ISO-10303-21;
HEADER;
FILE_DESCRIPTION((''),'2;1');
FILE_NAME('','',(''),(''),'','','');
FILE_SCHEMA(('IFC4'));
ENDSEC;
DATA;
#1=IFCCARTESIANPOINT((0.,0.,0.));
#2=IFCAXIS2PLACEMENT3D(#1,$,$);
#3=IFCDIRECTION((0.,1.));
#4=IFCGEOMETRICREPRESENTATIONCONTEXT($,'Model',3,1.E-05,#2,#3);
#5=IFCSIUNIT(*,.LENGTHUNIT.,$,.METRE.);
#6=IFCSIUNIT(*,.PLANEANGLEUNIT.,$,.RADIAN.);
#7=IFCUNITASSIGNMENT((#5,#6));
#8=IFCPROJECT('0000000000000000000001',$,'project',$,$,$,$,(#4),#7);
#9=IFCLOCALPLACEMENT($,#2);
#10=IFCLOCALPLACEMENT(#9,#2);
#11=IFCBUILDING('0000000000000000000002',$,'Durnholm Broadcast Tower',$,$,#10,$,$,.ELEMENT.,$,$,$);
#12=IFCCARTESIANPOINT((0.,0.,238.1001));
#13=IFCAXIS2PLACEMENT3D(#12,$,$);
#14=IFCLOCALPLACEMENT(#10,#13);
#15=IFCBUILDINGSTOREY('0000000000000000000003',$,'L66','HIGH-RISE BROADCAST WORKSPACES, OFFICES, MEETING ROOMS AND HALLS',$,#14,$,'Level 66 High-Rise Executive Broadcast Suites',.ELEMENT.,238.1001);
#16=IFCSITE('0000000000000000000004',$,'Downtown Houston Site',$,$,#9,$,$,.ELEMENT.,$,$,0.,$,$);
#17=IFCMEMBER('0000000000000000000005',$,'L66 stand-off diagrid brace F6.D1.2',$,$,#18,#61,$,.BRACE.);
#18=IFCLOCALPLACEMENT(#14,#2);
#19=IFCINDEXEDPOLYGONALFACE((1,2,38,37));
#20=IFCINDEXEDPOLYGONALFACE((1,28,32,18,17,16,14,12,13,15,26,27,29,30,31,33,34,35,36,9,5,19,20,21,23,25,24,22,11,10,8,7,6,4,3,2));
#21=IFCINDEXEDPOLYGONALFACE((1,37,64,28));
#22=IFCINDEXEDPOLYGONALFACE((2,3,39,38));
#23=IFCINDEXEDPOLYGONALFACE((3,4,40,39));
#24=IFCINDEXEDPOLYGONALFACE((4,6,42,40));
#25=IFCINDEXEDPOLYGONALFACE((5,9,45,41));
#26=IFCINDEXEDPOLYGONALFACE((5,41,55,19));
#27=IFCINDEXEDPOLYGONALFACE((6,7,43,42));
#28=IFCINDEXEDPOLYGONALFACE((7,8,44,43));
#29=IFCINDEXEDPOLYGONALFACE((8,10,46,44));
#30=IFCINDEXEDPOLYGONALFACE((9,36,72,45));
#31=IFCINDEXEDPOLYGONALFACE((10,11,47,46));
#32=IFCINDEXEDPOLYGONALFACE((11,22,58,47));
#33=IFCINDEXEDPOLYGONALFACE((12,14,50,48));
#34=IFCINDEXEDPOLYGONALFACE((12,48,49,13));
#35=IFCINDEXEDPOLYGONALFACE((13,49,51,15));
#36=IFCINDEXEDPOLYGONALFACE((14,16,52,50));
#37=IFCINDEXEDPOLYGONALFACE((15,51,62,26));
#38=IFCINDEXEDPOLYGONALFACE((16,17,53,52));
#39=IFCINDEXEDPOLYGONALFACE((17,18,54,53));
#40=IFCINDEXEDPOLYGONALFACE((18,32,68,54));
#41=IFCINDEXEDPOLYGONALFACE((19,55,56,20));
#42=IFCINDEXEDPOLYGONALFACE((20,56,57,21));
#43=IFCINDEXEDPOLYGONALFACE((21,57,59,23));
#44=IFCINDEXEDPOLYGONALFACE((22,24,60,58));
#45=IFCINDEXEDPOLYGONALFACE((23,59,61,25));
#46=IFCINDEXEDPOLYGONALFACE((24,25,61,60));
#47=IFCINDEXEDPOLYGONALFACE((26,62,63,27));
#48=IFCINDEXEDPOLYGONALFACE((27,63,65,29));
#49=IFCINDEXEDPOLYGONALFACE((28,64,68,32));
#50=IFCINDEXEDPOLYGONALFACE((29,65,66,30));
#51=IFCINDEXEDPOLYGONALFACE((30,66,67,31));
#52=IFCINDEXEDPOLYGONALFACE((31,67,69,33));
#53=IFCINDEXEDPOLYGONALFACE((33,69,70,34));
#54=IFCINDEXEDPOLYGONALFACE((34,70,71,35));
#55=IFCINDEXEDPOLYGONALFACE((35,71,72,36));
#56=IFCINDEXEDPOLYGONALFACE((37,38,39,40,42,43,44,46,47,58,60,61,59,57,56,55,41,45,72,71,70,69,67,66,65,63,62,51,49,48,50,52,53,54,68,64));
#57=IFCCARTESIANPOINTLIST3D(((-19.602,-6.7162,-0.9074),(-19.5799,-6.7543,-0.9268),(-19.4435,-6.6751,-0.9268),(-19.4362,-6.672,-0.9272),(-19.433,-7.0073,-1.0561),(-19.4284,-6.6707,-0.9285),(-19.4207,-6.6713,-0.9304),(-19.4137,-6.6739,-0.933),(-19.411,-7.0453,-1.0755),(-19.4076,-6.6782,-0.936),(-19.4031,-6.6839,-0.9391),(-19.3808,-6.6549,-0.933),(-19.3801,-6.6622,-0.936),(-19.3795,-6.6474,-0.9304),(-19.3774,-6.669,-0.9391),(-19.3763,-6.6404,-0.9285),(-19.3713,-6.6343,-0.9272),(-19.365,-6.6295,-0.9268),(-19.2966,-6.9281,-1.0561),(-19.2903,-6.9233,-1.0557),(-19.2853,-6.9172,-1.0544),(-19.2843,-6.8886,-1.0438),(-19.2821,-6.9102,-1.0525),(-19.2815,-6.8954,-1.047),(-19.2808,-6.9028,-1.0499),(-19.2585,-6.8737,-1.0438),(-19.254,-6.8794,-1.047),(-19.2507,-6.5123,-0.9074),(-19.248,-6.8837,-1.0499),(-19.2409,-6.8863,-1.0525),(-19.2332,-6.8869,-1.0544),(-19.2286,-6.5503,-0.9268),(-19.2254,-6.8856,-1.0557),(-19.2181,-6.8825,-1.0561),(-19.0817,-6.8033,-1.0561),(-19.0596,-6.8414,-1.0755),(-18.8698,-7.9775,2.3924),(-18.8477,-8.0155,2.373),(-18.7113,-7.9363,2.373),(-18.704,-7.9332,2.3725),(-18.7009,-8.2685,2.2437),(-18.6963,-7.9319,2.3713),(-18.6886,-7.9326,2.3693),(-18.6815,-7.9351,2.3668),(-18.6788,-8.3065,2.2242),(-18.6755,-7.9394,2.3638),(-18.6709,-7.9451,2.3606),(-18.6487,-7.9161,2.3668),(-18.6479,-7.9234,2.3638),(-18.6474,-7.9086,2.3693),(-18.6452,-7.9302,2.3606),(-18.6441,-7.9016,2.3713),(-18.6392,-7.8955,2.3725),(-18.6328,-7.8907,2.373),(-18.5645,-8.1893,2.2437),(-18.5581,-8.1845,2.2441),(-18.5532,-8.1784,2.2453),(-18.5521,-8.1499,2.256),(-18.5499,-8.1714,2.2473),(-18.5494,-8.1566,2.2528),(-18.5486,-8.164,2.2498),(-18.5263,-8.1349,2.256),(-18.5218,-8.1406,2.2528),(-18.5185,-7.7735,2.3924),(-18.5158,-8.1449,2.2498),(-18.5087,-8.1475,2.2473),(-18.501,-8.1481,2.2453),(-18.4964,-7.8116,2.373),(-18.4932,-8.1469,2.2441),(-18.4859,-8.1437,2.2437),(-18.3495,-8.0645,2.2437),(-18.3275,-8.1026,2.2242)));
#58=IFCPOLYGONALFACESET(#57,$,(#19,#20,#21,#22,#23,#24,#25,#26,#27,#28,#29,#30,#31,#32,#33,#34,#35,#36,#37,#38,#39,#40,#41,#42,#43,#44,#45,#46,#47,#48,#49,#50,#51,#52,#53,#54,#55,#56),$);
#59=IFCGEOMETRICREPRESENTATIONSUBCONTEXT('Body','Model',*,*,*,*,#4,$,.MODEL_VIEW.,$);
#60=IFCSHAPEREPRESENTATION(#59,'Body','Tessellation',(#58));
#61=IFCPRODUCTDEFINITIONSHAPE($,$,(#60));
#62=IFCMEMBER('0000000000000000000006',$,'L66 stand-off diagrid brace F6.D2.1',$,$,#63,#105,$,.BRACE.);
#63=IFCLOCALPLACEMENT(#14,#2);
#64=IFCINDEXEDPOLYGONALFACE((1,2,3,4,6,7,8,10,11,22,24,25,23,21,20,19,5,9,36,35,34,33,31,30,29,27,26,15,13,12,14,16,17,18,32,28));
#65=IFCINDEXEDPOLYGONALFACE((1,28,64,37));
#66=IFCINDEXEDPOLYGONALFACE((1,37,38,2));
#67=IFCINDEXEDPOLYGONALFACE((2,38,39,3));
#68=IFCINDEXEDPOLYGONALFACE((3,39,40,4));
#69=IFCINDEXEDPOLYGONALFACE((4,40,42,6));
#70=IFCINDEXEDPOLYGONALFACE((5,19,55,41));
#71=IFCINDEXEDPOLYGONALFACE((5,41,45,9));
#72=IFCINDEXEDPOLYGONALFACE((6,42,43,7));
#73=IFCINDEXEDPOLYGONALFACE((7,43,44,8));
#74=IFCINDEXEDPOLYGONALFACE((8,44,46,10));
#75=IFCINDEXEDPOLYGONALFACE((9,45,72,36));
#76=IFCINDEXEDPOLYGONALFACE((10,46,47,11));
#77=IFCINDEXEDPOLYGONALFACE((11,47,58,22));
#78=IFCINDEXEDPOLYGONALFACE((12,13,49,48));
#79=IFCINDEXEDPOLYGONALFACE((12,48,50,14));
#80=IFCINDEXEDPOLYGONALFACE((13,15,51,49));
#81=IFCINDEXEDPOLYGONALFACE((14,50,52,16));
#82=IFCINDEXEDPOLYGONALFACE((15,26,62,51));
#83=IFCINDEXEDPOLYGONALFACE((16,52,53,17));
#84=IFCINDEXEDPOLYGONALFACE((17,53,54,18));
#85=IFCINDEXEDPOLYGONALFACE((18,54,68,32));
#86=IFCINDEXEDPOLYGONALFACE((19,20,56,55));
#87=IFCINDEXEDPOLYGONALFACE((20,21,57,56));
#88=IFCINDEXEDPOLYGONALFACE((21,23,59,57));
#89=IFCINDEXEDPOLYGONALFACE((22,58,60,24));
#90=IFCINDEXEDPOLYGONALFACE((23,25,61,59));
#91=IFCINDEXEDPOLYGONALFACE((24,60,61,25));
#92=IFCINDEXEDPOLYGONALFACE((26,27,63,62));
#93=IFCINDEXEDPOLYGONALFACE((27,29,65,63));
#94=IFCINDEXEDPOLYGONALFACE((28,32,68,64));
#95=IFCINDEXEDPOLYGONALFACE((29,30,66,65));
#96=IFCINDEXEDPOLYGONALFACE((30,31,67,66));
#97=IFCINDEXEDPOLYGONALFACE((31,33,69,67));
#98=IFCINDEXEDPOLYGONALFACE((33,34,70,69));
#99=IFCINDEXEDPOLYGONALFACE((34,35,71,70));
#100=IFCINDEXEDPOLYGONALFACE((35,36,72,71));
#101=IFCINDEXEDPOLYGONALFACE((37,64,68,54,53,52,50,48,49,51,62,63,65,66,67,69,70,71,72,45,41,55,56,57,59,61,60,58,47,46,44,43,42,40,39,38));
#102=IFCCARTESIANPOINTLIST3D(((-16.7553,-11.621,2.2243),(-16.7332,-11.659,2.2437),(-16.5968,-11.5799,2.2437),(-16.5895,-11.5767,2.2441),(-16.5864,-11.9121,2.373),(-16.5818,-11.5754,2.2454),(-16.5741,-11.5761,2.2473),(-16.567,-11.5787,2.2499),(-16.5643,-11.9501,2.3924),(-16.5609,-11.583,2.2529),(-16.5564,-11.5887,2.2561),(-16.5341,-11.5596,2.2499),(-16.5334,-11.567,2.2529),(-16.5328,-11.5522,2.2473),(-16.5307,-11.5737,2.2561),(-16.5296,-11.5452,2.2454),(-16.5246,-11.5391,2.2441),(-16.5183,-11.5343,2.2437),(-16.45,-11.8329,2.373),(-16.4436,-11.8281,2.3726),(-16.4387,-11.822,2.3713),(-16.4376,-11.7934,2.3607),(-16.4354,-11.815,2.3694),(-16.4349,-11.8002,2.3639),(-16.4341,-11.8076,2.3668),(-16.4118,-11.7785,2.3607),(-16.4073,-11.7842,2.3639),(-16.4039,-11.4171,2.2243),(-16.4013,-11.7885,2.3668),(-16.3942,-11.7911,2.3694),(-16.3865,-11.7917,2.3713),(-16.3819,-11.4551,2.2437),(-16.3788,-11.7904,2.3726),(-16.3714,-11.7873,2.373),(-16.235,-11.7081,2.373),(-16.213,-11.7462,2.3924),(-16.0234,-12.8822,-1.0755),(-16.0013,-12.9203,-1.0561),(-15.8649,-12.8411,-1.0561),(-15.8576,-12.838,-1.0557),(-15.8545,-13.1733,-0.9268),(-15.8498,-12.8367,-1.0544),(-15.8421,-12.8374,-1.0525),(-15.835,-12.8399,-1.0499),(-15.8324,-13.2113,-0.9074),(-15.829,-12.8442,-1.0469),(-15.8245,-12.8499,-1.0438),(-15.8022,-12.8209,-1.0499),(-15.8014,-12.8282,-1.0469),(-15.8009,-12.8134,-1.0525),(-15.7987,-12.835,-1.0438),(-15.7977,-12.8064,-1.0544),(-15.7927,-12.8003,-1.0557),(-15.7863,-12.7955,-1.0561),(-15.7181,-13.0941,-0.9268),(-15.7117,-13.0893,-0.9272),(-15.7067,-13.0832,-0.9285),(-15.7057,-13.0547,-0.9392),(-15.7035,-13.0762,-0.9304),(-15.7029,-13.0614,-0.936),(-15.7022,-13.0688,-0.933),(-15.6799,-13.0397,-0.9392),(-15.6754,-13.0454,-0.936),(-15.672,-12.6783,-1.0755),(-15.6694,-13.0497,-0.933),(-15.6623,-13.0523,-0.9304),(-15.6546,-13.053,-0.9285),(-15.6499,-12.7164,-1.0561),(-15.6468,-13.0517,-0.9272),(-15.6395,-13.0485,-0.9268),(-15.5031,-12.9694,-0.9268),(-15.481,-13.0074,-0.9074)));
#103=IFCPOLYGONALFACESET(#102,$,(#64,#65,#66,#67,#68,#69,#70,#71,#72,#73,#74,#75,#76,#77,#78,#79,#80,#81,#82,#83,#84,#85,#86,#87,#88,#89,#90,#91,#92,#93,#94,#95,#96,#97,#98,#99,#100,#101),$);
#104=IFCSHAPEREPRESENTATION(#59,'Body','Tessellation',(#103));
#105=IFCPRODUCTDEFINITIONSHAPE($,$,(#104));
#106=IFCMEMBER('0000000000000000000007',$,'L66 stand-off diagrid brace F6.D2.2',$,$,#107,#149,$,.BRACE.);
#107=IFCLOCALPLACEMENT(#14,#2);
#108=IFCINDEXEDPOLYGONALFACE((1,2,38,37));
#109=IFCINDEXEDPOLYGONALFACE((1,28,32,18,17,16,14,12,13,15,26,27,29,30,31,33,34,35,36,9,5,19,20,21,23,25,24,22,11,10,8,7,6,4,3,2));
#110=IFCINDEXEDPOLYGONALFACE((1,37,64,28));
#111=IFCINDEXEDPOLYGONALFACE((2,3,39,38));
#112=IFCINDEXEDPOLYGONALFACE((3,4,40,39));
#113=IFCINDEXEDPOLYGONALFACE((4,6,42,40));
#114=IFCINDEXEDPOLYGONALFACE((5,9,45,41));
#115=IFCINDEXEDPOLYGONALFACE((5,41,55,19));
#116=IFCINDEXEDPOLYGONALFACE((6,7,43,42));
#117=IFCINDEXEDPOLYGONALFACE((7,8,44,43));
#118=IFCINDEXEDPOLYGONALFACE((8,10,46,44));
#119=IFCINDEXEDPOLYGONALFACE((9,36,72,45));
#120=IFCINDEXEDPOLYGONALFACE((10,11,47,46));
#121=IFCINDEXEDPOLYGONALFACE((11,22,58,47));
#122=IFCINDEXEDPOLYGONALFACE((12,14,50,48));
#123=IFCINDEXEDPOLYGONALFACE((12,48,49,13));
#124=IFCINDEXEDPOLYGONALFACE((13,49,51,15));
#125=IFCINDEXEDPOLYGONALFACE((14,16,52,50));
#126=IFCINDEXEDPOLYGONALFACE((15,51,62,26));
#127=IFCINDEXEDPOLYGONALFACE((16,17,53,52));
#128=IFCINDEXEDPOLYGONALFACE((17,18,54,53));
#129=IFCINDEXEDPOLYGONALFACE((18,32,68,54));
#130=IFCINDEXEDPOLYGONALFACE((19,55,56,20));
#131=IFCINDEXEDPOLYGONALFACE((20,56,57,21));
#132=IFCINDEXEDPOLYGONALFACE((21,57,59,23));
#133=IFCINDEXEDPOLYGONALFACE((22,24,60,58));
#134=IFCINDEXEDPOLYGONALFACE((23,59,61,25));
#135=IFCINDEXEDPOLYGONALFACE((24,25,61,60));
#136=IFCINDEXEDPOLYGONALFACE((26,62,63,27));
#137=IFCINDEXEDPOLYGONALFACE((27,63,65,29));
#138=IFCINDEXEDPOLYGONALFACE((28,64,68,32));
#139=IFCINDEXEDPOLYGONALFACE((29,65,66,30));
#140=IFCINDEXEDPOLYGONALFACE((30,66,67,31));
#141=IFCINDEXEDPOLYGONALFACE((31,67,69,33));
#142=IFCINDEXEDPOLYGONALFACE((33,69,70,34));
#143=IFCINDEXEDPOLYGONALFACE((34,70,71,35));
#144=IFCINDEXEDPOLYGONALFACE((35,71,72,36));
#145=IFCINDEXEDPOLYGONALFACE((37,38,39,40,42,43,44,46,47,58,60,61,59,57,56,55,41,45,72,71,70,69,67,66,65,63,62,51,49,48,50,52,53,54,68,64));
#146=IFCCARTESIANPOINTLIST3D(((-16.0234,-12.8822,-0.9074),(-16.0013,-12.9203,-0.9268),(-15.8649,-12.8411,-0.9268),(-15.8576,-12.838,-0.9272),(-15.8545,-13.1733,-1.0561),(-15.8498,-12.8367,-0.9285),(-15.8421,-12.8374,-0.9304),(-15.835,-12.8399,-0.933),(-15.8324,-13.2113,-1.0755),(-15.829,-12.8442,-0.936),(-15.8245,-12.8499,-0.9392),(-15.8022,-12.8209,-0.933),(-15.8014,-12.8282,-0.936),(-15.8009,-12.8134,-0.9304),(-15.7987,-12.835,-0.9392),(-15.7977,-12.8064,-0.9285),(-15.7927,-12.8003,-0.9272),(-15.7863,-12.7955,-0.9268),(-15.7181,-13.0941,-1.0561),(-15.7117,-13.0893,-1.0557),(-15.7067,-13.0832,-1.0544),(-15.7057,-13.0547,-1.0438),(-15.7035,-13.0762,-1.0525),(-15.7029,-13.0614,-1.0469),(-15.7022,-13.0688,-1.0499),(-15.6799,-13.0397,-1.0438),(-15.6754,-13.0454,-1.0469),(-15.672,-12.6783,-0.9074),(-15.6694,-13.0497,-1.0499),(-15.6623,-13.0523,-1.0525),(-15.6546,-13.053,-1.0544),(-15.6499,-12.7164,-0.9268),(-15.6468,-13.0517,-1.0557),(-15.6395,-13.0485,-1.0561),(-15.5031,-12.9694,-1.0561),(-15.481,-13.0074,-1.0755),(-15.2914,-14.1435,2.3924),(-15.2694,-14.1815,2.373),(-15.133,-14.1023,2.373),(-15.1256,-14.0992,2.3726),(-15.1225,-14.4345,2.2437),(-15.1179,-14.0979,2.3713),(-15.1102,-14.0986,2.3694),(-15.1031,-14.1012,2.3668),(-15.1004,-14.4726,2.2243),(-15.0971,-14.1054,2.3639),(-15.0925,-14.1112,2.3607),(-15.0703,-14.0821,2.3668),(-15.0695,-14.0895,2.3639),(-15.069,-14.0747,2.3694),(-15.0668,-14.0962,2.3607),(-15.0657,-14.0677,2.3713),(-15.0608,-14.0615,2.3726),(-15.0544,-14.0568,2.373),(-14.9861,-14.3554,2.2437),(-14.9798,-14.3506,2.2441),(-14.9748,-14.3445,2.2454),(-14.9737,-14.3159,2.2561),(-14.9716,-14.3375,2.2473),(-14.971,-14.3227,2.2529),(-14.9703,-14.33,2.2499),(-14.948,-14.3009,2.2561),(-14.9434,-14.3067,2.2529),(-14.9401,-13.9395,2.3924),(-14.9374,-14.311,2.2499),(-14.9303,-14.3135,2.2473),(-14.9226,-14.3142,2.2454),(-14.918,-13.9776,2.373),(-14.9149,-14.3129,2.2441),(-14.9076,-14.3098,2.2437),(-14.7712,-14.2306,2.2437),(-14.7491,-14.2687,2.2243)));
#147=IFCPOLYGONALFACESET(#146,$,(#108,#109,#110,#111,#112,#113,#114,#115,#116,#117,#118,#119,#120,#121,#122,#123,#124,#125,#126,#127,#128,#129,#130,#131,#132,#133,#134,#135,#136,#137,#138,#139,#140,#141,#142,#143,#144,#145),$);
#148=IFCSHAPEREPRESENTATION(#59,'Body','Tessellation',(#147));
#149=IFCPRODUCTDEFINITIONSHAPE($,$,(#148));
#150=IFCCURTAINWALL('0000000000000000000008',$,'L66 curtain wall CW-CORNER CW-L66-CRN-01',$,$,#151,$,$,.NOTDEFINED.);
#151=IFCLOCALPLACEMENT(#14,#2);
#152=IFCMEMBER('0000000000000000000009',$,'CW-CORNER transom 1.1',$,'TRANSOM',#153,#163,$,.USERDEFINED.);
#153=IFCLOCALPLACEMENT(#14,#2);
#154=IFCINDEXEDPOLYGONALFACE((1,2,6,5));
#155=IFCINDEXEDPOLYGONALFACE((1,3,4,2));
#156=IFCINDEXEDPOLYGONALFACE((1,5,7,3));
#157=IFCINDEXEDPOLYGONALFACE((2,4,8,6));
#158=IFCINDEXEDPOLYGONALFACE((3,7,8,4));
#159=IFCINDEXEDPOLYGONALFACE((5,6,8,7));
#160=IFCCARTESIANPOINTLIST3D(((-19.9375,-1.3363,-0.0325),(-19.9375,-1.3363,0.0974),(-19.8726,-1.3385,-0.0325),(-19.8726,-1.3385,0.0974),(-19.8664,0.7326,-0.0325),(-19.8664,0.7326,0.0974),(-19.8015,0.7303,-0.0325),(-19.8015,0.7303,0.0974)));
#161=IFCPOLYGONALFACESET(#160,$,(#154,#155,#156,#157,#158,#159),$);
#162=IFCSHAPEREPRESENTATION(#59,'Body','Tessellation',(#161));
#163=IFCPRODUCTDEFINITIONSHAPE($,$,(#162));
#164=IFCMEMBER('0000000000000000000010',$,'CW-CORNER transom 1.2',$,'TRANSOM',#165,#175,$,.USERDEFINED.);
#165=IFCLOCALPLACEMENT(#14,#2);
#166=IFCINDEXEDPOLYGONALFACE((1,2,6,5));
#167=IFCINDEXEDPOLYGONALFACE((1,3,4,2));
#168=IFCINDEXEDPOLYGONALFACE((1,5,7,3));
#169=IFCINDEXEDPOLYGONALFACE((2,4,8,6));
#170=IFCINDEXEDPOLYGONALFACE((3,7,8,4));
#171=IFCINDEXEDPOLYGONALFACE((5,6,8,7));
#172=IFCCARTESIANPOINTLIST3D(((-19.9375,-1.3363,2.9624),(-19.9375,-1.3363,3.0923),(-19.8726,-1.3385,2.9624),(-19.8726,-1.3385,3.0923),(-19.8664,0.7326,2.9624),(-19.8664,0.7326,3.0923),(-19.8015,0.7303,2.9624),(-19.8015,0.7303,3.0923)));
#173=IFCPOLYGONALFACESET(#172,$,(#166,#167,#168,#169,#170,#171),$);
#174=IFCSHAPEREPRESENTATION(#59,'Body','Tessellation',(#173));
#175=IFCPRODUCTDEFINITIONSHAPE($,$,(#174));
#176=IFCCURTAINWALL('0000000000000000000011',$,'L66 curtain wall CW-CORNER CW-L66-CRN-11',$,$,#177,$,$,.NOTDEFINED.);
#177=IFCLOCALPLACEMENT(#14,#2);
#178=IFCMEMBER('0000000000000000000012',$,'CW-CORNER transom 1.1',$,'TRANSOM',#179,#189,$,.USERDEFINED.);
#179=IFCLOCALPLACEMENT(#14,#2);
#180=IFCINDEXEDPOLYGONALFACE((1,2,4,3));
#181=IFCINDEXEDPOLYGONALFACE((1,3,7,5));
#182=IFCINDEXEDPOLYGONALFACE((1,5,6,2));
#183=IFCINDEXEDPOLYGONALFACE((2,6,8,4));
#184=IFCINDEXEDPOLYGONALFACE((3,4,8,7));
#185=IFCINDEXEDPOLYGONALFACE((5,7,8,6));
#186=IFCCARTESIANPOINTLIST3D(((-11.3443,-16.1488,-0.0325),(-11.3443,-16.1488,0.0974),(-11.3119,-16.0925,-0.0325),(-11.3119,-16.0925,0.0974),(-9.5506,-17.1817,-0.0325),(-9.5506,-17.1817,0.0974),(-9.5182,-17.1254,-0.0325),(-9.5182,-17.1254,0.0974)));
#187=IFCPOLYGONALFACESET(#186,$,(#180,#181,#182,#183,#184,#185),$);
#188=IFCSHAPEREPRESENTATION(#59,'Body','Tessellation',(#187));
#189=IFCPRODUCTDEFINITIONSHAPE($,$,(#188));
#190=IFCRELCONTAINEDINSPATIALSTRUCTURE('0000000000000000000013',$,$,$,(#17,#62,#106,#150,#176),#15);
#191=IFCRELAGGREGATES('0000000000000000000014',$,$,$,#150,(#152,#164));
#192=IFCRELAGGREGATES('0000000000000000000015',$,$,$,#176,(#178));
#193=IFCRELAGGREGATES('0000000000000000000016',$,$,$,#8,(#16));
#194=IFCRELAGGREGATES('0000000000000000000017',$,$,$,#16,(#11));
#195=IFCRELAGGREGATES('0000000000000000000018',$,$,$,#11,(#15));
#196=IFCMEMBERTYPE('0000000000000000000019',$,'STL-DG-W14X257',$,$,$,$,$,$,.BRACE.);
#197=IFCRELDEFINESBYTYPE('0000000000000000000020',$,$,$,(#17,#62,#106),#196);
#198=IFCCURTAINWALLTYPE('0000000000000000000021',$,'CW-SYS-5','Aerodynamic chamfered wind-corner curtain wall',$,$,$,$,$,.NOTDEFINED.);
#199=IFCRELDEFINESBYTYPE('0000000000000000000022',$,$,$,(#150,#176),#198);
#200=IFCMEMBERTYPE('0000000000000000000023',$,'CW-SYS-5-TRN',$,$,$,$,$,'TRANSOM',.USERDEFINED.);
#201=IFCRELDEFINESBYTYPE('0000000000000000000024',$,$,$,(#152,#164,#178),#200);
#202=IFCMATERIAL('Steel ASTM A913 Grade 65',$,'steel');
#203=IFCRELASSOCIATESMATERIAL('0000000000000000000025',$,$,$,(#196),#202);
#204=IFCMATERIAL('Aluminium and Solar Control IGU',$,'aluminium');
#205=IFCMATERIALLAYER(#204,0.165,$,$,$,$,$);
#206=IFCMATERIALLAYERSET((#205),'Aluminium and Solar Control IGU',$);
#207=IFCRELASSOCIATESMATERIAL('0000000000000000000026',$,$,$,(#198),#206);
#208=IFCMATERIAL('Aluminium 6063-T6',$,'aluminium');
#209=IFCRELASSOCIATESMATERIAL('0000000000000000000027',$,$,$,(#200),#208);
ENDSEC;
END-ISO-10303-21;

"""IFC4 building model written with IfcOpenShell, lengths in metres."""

from ifc_helpers import new_model, si_unit, direction, frame, origin, origin_2d, place, context, subcontext, project, spatial, rectangle, i_section, extrude, source, transform, mapped, material, layer, layer_set, material_profile, profile_set, type_object, type_shapes, element, aggregate, save


model = new_model("IFC4")

# Units and contexts
model_context = context("Model", 3, precision=1e-05, world=origin(), true_north=direction((0.0, 1.0)))
body_context = subcontext(model_context, "Body", "Model", "MODEL_VIEW")
ifc_project = project(units=[si_unit("LENGTHUNIT", "METRE"), si_unit("PLANEANGLEUNIT", "RADIAN")], contexts=[model_context])

# Site, building, storey
site_placement = place(None, origin())
site = spatial("IfcSite", under=ifc_project, at=site_placement, Name="Downtown Houston Site", CompositionType="ELEMENT", RefElevation=0.0)
building_placement = place(site_placement, origin())
building = spatial("IfcBuilding", under=site, at=building_placement, Name="Durnholm Broadcast Tower", CompositionType="ELEMENT")
storey_placement = place(building_placement, frame((0.0, 0.0, 238.1001)))
storey = spatial("IfcBuildingStorey", under=building, at=storey_placement, Name="L66", Description="HIGH-RISE BROADCAST WORKSPACES, OFFICES, MEETING ROOMS AND HALLS", LongName="Level 66 High-Rise Executive Broadcast Suites", CompositionType="ELEMENT", Elevation=238.1001)

# Members
ifc_material_1 = material(Name="Steel ASTM A913 Grade 65", Category="steel")
ifc_material_profile_1 = material_profile(ifc_material_1, i_section(OverallWidth=0.4062, OverallDepth=0.416, WebThickness=0.0298, FlangeThickness=0.0481, FilletRadius=0.0305, at=origin_2d()), Name="W14X257")
ifc_profile_set_1 = profile_set([ifc_material_profile_1], Name="Steel ASTM A913 Grade 65")
member_type_1 = type_object("IfcMemberType", Name="STL-DG-W14X257", PredefinedType="BRACE", material=ifc_profile_set_1)
shared_shape_1 = source(origin(), body_context, "Body", "SweptSolid", [
    extrude(i_section(OverallWidth=0.4062, OverallDepth=0.416, WebThickness=0.0298, FlangeThickness=0.0481, FilletRadius=0.0305, at=origin_2d()), origin(), (0.0, 0.0, 1.0), 3.6077),
])
type_shapes(member_type_1, [shared_shape_1])
for number, where, z_axis, x_axis, name in (
    (1, (-19.3308, -6.7788, -0.9915), (0.202949, -0.349594, 0.914656), (0.864833, 0.502059, 0.0), "L66 stand-off diagrid brace F6.D1.2"),
    (2, (-15.7522, -12.9448, -0.9915), (-0.202884, 0.349599, 0.914669), (-0.864906, -0.501934, 0.0), "L66 stand-off diagrid brace F6.D2.1"),
    (3, (-15.7522, -12.9448, -0.9915), (0.202884, -0.349599, 0.914669), (0.864906, 0.501934, 0.0), "L66 stand-off diagrid brace F6.D2.2"),
):
    element("IfcMember", number, at=place(storey_placement, frame(where, z_axis=z_axis, x_axis=x_axis)), inside=storey, type_object=member_type_1, Name=name, PredefinedType="BRACE", context=body_context, shape_type="MappedRepresentation", body=[
        mapped(shared_shape_1, transform((0.0, 0.0, 0.0), x_axis=(1.0, 0.0, 0.0), y_axis=(0.0, 1.0, 0.0), z_axis=(0.0, 0.0, 1.0), scale=1.0)),
    ])

# Curtain wall, members
ifc_material_2 = material(Name="Aluminium and Solar Control IGU", Category="aluminium")
ifc_layer_1 = layer(ifc_material_2, 0.165)
ifc_layer_set_1 = layer_set([ifc_layer_1], Name="Aluminium and Solar Control IGU")
curtain_wall_type_1 = type_object("IfcCurtainWallType", Name="CW-SYS-5", Description="Aerodynamic chamfered wind-corner curtain wall", PredefinedType="NOTDEFINED", material=ifc_layer_set_1)
curtain_wall_1_placement = place(storey_placement, origin())
curtain_wall_1 = element("IfcCurtainWall", 4, at=curtain_wall_1_placement, inside=storey, type_object=curtain_wall_type_1, Name="L66 curtain wall CW-CORNER CW-L66-CRN-01", PredefinedType="NOTDEFINED")
ifc_material_3 = material(Name="Aluminium 6063-T6", Category="aluminium")
ifc_material_profile_2 = material_profile(ifc_material_3, rectangle(XDim=0.0649, YDim=0.1299, at=origin_2d()), Name="CWT65X130")
ifc_profile_set_2 = profile_set([ifc_material_profile_2], Name="Aluminium 6063-T6")
member_type_2 = type_object("IfcMemberType", Name="CW-SYS-5-TRN", ElementType="TRANSOM", PredefinedType="USERDEFINED", material=ifc_profile_set_2)
shared_shape_2 = source(origin(), body_context, "Body", "SweptSolid", [
    extrude(rectangle(XDim=0.0649, YDim=0.1299, at=origin_2d()), origin(), (0.0, 0.0, 1.0), 2.0701),
])
member_1_placement = place(storey_placement, frame((-19.905, -1.3374, 0.0325), z_axis=(0.03432, 0.999411, 0.0), x_axis=(-0.999411, 0.03432, 0.0)))
member_1 = element("IfcMember", 5, at=member_1_placement, type_object=member_type_2, Name="CW-CORNER transom 1.1", ObjectType="TRANSOM", PredefinedType="USERDEFINED", context=body_context, shape_type="MappedRepresentation", body=[
    mapped(shared_shape_2, transform((0.0, 0.0, 0.0), x_axis=(1.0, 0.0, 0.0), y_axis=(0.0, 1.0, 0.0), z_axis=(0.0, 0.0, 1.0), scale=1.0)),
])
member_2_placement = place(storey_placement, frame((-19.905, -1.3374, 3.0273), z_axis=(0.03432, 0.999411, 0.0), x_axis=(-0.999411, 0.03432, 0.0)))
member_2 = element("IfcMember", 6, at=member_2_placement, type_object=member_type_2, Name="CW-CORNER transom 1.2", ObjectType="TRANSOM", PredefinedType="USERDEFINED", context=body_context, shape_type="MappedRepresentation", body=[
    mapped(shared_shape_2, transform((0.0, 0.0, 0.0), x_axis=(1.0, 0.0, 0.0), y_axis=(0.0, 1.0, 0.0), z_axis=(0.0, 0.0, 1.0), scale=1.0)),
])

# Curtain wall, member
curtain_wall_2_placement = place(storey_placement, origin())
curtain_wall_2 = element("IfcCurtainWall", 7, at=curtain_wall_2_placement, inside=storey, type_object=curtain_wall_type_1, Name="L66 curtain wall CW-CORNER CW-L66-CRN-11", PredefinedType="NOTDEFINED")
shared_shape_3 = source(origin(), body_context, "Body", "SweptSolid", [
    extrude(rectangle(XDim=0.0649, YDim=0.1299, at=origin_2d()), origin(), (0.0, 0.0, 1.0), 2.0698),
])
type_shapes(member_type_2, [shared_shape_2, shared_shape_3])
member_3_placement = place(storey_placement, frame((-9.5344, -17.1536, 0.0325), z_axis=(-0.866576, 0.499045, 0.0), x_axis=(-0.499045, -0.866576, 0.0)))
member_3 = element("IfcMember", 8, at=member_3_placement, type_object=member_type_2, Name="CW-CORNER transom 1.1", ObjectType="TRANSOM", PredefinedType="USERDEFINED", context=body_context, shape_type="MappedRepresentation", body=[
    mapped(shared_shape_3, transform((0.0, 0.0, 0.0), x_axis=(1.0, 0.0, 0.0), y_axis=(0.0, 1.0, 0.0), z_axis=(0.0, 0.0, 1.0), scale=1.0)),
])

aggregate(curtain_wall_1, [member_1, member_2])

aggregate(curtain_wall_2, [member_3])

save(model, "model.ifc")
